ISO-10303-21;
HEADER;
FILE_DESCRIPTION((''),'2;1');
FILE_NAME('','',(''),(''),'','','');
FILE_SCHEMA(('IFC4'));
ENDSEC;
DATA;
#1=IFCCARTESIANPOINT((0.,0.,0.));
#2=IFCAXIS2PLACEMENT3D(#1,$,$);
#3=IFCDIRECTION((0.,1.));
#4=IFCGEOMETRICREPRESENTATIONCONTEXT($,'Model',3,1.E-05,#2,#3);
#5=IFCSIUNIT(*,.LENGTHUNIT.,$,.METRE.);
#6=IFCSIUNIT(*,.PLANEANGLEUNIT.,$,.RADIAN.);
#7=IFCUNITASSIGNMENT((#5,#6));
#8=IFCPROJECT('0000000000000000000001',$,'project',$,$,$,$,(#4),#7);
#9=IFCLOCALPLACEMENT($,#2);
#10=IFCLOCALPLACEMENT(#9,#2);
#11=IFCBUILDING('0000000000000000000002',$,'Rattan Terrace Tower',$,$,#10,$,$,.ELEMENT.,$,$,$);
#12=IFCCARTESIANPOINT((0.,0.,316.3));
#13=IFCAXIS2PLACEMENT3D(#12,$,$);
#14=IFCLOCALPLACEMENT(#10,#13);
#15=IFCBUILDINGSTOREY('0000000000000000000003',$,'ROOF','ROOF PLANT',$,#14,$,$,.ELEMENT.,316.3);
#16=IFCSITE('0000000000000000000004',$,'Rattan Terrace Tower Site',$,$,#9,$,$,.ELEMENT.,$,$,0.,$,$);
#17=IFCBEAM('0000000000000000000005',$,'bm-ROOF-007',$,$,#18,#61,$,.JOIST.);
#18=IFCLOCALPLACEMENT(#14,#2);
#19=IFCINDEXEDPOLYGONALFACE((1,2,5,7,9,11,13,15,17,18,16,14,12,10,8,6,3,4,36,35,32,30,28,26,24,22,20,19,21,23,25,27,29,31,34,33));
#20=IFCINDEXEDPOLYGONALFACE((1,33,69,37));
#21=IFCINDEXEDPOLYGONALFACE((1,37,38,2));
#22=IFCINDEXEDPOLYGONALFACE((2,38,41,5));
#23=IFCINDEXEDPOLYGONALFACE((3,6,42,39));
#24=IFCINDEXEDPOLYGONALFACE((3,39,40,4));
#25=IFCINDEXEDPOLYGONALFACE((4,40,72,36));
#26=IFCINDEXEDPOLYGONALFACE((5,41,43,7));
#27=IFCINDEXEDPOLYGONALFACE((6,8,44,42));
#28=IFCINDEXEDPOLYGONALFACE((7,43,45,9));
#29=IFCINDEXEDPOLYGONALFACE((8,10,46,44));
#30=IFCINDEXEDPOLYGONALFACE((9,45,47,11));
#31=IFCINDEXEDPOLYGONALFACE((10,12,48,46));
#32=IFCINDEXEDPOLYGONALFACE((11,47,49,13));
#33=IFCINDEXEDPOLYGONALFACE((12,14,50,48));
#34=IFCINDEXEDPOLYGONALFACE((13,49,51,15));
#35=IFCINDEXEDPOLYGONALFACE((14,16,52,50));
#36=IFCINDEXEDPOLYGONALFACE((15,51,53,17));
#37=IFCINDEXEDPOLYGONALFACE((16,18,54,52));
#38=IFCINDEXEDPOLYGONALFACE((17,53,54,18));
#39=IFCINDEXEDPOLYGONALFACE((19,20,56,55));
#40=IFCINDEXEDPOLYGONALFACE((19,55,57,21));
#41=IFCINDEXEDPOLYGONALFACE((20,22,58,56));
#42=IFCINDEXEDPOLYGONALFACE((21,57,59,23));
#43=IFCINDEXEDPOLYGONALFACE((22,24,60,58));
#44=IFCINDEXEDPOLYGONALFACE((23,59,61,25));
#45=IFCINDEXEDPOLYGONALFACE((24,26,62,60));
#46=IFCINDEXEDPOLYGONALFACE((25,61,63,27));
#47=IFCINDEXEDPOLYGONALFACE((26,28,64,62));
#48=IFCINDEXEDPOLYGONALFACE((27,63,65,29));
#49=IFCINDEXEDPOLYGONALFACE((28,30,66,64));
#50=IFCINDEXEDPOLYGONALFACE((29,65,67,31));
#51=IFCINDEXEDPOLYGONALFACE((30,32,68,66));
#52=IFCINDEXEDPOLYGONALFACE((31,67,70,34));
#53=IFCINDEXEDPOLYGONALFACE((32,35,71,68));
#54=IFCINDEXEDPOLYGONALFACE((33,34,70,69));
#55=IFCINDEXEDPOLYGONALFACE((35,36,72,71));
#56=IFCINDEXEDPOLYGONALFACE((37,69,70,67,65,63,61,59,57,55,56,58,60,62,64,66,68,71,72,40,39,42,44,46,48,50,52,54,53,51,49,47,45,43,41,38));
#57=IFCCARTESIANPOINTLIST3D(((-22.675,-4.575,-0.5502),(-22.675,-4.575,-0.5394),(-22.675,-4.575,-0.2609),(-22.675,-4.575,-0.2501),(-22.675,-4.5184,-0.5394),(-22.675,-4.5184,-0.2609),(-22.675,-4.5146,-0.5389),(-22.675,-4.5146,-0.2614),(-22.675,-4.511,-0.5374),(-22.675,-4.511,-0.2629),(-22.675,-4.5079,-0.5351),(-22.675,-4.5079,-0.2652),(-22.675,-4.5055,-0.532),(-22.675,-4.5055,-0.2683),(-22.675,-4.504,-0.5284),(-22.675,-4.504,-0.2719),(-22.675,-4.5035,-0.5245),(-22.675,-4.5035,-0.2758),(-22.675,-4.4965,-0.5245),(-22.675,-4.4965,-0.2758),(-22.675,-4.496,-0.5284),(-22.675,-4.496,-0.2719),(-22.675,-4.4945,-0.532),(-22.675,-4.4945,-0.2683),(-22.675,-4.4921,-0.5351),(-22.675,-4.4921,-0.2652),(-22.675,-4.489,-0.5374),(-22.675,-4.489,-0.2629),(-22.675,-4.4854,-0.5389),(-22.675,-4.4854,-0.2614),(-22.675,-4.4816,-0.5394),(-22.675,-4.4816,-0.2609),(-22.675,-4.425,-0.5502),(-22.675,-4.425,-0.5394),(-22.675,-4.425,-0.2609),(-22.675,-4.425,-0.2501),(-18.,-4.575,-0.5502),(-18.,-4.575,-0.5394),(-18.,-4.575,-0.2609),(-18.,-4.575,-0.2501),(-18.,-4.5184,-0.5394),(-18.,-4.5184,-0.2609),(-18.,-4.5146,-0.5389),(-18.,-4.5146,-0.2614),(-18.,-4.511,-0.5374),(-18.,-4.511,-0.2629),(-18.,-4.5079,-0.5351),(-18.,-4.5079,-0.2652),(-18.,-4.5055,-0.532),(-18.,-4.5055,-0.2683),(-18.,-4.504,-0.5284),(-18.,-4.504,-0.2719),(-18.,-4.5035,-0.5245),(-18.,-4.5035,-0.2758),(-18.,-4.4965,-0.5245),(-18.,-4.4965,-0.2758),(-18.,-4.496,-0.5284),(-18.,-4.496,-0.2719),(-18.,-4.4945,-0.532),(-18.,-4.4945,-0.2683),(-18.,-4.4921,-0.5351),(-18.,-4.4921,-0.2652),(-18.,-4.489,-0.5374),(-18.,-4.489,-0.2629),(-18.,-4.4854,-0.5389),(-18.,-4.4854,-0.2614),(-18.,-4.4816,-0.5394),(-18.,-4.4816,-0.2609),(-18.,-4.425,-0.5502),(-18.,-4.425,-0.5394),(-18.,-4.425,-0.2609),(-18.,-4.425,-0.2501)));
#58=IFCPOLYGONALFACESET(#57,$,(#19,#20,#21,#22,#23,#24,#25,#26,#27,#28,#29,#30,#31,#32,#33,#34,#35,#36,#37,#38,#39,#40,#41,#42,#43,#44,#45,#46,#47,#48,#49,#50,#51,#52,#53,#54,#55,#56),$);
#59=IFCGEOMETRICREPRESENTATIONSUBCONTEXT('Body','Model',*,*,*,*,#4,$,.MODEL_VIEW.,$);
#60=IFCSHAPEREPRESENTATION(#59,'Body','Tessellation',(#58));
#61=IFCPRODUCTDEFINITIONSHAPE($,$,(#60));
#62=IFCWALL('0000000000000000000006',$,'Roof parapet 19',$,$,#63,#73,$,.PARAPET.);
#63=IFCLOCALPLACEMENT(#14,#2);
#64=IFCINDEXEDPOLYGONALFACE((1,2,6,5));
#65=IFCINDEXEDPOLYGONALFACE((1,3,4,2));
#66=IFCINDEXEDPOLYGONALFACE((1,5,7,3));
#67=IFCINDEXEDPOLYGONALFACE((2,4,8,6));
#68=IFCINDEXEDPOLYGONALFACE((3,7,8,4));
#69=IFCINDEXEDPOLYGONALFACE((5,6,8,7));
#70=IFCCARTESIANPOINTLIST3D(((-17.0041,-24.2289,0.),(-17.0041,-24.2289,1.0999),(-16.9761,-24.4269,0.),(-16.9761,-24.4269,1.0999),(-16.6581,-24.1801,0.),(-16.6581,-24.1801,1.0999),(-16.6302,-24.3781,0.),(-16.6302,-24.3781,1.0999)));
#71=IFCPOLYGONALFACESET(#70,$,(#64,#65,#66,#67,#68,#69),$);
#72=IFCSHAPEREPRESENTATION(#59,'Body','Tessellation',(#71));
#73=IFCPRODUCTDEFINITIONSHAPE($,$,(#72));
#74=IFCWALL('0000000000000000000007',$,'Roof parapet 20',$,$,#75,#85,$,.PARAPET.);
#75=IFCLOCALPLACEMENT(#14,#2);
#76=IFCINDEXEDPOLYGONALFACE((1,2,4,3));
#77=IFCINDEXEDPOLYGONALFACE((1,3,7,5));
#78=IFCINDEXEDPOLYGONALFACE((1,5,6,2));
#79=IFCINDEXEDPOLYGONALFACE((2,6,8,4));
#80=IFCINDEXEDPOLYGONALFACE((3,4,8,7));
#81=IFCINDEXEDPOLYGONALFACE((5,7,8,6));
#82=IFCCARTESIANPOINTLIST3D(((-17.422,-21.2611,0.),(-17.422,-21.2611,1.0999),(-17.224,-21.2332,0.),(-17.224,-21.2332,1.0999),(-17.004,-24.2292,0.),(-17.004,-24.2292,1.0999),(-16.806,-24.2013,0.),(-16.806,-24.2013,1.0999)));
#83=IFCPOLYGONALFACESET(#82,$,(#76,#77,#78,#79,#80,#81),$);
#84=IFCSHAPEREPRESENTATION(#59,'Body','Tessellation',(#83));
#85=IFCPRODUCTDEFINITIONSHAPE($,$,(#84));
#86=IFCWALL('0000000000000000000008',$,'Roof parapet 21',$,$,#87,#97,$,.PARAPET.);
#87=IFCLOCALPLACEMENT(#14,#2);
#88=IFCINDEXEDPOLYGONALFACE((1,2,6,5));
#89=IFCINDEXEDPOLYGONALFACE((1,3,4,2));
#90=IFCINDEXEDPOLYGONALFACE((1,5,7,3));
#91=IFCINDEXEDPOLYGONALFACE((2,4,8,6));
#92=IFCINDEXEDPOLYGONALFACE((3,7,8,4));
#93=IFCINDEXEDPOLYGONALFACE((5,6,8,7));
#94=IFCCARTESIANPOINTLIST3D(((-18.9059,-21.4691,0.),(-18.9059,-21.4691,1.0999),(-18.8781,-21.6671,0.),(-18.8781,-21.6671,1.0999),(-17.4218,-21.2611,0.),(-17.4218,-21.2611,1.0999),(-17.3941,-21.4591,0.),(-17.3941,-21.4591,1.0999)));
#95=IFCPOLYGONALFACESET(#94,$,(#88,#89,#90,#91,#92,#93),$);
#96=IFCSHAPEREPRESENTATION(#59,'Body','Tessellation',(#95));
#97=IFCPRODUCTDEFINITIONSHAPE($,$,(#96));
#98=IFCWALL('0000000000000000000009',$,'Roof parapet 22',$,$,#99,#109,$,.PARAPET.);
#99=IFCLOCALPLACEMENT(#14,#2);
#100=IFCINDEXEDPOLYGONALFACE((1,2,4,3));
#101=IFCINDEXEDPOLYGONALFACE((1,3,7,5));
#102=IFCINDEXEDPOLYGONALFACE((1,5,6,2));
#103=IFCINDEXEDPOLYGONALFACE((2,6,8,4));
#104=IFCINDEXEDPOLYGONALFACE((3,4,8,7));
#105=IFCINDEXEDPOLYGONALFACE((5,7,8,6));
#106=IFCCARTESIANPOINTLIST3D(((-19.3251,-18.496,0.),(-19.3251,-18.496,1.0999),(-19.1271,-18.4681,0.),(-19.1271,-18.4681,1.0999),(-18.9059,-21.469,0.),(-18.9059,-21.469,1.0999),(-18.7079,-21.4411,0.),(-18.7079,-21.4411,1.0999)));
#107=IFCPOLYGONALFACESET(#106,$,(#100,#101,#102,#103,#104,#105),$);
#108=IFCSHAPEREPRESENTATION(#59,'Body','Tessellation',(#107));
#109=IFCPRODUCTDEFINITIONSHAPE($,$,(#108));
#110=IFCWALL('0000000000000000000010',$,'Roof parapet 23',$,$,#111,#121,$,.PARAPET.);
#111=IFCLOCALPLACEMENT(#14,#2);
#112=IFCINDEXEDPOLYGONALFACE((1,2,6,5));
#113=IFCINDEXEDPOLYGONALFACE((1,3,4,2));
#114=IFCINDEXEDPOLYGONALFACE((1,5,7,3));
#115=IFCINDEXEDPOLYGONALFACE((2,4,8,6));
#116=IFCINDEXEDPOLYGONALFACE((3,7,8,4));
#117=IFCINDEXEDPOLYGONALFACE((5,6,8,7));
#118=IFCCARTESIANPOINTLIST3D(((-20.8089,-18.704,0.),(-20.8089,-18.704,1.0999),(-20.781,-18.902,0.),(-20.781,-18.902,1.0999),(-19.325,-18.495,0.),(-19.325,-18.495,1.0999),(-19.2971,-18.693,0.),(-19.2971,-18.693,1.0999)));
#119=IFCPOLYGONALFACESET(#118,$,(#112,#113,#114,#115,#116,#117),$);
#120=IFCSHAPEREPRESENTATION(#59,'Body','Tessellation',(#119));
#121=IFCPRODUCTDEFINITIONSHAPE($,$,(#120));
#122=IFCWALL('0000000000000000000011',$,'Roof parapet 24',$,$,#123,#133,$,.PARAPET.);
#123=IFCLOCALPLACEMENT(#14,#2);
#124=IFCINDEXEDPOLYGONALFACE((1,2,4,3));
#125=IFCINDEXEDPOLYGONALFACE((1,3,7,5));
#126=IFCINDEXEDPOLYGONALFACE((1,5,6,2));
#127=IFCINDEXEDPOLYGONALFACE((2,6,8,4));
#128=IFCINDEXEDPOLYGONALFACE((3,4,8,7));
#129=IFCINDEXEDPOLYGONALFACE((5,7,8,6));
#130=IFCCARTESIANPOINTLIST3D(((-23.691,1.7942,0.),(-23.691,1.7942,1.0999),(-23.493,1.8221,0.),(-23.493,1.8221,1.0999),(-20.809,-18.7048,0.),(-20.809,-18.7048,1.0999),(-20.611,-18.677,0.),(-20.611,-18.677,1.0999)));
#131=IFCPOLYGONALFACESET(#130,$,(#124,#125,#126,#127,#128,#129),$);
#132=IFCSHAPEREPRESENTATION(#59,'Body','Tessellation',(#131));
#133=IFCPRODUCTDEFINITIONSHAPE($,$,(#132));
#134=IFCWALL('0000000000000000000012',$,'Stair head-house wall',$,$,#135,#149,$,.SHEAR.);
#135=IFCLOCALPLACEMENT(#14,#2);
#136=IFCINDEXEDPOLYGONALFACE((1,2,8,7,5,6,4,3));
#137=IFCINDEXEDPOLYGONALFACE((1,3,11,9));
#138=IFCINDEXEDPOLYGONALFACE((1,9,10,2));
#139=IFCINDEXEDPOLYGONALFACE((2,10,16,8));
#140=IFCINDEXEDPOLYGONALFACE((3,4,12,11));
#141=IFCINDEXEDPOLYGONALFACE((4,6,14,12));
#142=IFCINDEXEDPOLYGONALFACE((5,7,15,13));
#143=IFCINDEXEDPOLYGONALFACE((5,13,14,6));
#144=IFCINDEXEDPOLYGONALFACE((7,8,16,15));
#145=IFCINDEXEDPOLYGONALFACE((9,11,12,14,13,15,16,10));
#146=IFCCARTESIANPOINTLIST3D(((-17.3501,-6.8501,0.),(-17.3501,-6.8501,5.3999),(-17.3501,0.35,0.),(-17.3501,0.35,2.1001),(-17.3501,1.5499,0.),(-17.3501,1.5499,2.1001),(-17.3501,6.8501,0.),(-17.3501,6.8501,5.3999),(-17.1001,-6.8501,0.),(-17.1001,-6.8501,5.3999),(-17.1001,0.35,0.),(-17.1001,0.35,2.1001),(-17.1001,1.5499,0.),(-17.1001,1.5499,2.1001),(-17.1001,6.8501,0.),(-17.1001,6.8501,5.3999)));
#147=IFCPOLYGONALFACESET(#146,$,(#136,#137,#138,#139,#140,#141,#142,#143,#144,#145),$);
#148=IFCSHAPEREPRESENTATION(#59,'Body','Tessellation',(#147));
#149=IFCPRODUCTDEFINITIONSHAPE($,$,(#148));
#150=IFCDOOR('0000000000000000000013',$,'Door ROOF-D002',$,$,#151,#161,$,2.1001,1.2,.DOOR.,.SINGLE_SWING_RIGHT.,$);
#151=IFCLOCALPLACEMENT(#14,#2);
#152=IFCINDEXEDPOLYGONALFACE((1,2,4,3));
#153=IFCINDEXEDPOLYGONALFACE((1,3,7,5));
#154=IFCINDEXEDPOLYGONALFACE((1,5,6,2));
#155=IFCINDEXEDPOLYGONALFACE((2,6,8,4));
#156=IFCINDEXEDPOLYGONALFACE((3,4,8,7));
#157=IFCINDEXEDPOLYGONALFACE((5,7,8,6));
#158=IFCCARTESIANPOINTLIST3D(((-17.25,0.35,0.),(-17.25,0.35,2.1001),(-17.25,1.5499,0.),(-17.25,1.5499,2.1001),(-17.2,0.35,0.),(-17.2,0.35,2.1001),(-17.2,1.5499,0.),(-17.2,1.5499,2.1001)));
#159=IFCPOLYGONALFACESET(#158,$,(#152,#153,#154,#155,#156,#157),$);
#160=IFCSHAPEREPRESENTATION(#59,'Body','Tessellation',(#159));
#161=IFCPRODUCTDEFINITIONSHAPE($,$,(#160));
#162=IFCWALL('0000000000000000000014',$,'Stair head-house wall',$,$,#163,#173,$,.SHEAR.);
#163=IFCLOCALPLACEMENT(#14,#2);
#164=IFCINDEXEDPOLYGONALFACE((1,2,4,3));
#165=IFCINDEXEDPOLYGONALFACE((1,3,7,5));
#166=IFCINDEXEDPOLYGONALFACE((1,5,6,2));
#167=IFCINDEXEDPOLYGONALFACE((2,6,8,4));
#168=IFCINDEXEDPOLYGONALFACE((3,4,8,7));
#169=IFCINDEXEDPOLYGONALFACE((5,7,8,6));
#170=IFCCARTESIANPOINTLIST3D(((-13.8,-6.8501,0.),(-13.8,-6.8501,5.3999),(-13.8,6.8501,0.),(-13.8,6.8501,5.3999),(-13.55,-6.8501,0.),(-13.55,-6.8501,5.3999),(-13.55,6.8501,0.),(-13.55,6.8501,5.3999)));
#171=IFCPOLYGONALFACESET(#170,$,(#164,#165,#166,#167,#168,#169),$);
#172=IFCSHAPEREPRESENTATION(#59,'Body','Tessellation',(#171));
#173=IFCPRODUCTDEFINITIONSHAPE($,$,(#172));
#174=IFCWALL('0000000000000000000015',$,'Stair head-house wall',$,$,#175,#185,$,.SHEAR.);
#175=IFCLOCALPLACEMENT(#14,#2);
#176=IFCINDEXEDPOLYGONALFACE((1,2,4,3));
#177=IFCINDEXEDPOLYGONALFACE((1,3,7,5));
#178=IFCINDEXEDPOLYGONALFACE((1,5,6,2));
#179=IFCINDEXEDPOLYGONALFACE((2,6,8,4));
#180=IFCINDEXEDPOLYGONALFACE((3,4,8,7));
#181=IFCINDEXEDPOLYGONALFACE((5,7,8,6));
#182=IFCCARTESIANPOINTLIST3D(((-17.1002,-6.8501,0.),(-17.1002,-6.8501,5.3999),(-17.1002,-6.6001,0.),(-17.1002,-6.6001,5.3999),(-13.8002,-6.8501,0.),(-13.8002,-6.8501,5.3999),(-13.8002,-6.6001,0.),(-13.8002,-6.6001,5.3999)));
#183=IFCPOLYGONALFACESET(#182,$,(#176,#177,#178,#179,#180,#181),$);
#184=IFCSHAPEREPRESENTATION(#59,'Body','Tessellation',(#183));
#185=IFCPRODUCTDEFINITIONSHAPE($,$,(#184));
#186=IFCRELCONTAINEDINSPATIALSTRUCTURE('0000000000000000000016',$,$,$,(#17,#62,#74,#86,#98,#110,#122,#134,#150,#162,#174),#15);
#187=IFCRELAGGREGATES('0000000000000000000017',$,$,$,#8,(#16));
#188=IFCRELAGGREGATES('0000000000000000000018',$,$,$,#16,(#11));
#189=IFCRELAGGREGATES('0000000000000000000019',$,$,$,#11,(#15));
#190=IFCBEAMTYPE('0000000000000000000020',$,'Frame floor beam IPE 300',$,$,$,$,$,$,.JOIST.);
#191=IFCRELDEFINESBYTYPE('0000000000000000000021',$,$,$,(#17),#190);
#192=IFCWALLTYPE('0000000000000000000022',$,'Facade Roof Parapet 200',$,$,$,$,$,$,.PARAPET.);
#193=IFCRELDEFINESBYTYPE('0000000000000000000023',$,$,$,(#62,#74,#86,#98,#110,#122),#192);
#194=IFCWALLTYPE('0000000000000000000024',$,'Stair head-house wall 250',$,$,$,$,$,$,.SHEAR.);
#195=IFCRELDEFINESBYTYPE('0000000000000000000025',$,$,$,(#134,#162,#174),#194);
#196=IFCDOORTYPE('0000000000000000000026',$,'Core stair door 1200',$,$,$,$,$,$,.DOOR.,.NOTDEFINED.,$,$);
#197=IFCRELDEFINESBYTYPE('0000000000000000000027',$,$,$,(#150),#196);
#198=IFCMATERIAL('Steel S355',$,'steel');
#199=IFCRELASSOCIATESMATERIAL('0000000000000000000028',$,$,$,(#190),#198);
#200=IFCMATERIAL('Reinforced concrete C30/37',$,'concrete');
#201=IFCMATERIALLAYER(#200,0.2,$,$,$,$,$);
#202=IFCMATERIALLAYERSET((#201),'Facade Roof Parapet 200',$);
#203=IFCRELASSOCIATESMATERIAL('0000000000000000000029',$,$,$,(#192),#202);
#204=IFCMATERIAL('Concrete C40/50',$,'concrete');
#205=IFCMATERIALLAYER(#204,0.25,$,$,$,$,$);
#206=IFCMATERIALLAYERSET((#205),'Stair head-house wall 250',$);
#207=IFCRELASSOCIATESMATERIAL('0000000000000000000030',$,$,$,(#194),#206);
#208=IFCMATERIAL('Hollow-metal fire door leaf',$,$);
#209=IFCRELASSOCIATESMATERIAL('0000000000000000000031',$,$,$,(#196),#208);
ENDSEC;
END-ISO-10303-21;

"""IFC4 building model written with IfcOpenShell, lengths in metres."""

from ifc_helpers import new_model, si_unit, direction, frame, frame_2d, origin, origin_2d, place, context, subcontext, project, spatial, rectangle, i_section, extrude, material, layer, layer_set, material_profile, profile_set, type_object, element, fill, save


model = new_model("IFC4")

# Units and contexts
model_context = context("Model", 3, precision=1e-05, world=origin(), true_north=direction((0.0, 1.0)))
body_context = subcontext(model_context, "Body", "Model", "MODEL_VIEW")
ifc_project = project(units=[si_unit("LENGTHUNIT", "METRE"), si_unit("PLANEANGLEUNIT", "RADIAN")], contexts=[model_context])

# Site, building, storey
site_placement = place(None, origin())
site = spatial("IfcSite", under=ifc_project, at=site_placement, Name="Rattan Terrace Tower Site", CompositionType="ELEMENT", RefElevation=0.0)
building_placement = place(site_placement, origin())
building = spatial("IfcBuilding", under=site, at=building_placement, Name="Rattan Terrace Tower", CompositionType="ELEMENT")
storey_placement = place(building_placement, frame((0.0, 0.0, 316.3)))
storey = spatial("IfcBuildingStorey", under=building, at=storey_placement, Name="ROOF", Description="ROOF PLANT", CompositionType="ELEMENT", Elevation=316.3)

# Beam
ifc_material_1 = material(Name="Steel S355", Category="steel")
ifc_material_profile_1 = material_profile(ifc_material_1, i_section(OverallWidth=0.1499, OverallDepth=0.3, WebThickness=0.0071, FlangeThickness=0.0107, FilletRadius=0.0149, at=origin_2d()), Name="IPE 300")
ifc_profile_set_1 = profile_set([ifc_material_profile_1], Name="Steel S355")
beam_type_1 = type_object("IfcBeamType", Name="Frame floor beam IPE 300", PredefinedType="JOIST", material=ifc_profile_set_1)
beam_1_placement = place(storey_placement, frame((-22.675, -4.5, -0.4001), z_axis=(1.0, 0.0, 0.0), x_axis=(0.0, 1.0, 0.0)))
element("IfcBeam", 1, at=beam_1_placement, inside=storey, type_object=beam_type_1, Name="bm-ROOF-007", PredefinedType="JOIST", context=body_context, shape_type="SweptSolid", body=[
    extrude(i_section(OverallWidth=0.1499, OverallDepth=0.3, WebThickness=0.0071, FlangeThickness=0.0107, FilletRadius=0.0149, at=origin_2d()), origin(), (0.0, 0.0, 1.0), 4.675),
])

# Walls
ifc_material_2 = material(Name="Reinforced concrete C30/37", Category="concrete")
ifc_layer_1 = layer(ifc_material_2, 0.2)
ifc_layer_set_1 = layer_set([ifc_layer_1], Name="Facade Roof Parapet 200")
wall_type_1 = type_object("IfcWallType", Name="Facade Roof Parapet 200", PredefinedType="PARAPET", material=ifc_layer_set_1)
wall_1_placement = place(storey_placement, frame((-16.644, -24.2791, 0.0), z_axis=(0.0, 0.0, 1.0), x_axis=(-0.990186, -0.139758, 0.0)))
element("IfcWall", 2, at=wall_1_placement, inside=storey, type_object=wall_type_1, Name="Roof parapet 19", PredefinedType="PARAPET", context=body_context, shape_type="SweptSolid", body=[
    extrude(rectangle(XDim=0.3494, YDim=0.2, at=frame_2d((0.1748, 0.0))), origin(), (0.0, 0.0, 1.0), 1.0999),
])
wall_2_placement = place(storey_placement, frame((-16.905, -24.2151, 0.0), z_axis=(0.0, 0.0, 1.0), x_axis=(-0.139448, 0.990229, 0.0)))
element("IfcWall", 3, at=wall_2_placement, inside=storey, type_object=wall_type_1, Name="Roof parapet 20", PredefinedType="PARAPET", context=body_context, shape_type="SweptSolid", body=[
    extrude(rectangle(XDim=2.9973, YDim=0.2, at=frame_2d((1.4985, 0.0))), origin(), (0.0, 0.0, 1.0), 1.0999),
])
wall_3_placement = place(storey_placement, frame((-17.408, -21.3601, 0.0), z_axis=(0.0, 0.0, 1.0), x_axis=(-0.990321, -0.138798, 0.0)))
element("IfcWall", 4, at=wall_3_placement, inside=storey, type_object=wall_type_1, Name="Roof parapet 21", PredefinedType="PARAPET", context=body_context, shape_type="SweptSolid", body=[
    extrude(rectangle(XDim=1.4985, YDim=0.2, at=frame_2d((0.7493, 0.0))), origin(), (0.0, 0.0, 1.0), 1.0999),
])
wall_4_placement = place(storey_placement, frame((-18.8069, -21.4551, 0.0), z_axis=(0.0, 0.0, 1.0), x_axis=(-0.139611, 0.990206, 0.0)))
element("IfcWall", 5, at=wall_4_placement, inside=storey, type_object=wall_type_1, Name="Roof parapet 22", PredefinedType="PARAPET", context=body_context, shape_type="SweptSolid", body=[
    extrude(rectangle(XDim=3.0024, YDim=0.2, at=frame_2d((1.5012, 0.0))), origin(), (0.0, 0.0, 1.0), 1.0999),
])
wall_5_placement = place(storey_placement, frame((-19.311, -18.594, 0.0), z_axis=(0.0, 0.0, 1.0), x_axis=(-0.990228, -0.13946, 0.0)))
element("IfcWall", 6, at=wall_5_placement, inside=storey, type_object=wall_type_1, Name="Roof parapet 23", PredefinedType="PARAPET", context=body_context, shape_type="SweptSolid", body=[
    extrude(rectangle(XDim=1.4985, YDim=0.2, at=frame_2d((0.7493, 0.0))), origin(), (0.0, 0.0, 1.0), 1.0999),
])
wall_6_placement = place(storey_placement, frame((-20.71, -18.6909, 0.0), z_axis=(0.0, 0.0, 1.0), x_axis=(-0.139227, 0.990261, 0.0)))
element("IfcWall", 7, at=wall_6_placement, inside=storey, type_object=wall_type_1, Name="Roof parapet 24", PredefinedType="PARAPET", context=body_context, shape_type="SweptSolid", body=[
    extrude(rectangle(XDim=20.7007, YDim=0.2, at=frame_2d((10.3503, 0.0))), origin(), (0.0, 0.0, 1.0), 1.0999),
])

# Wall, opening, door
ifc_material_3 = material(Name="Concrete C40/50", Category="concrete")
ifc_layer_2 = layer(ifc_material_3, 0.25)
ifc_layer_set_2 = layer_set([ifc_layer_2], Name="Stair head-house wall 250")
wall_type_2 = type_object("IfcWallType", Name="Stair head-house wall 250", PredefinedType="SHEAR", material=ifc_layer_set_2)
wall_7_placement = place(storey_placement, frame((-17.2251, -6.8501, 0.0), z_axis=(0.0, 0.0, 1.0), x_axis=(0.0, 1.0, 0.0)))
wall_7 = element("IfcWall", 8, at=wall_7_placement, inside=storey, type_object=wall_type_2, Name="Stair head-house wall", PredefinedType="SHEAR", context=body_context, shape_type="SweptSolid", body=[
    extrude(rectangle(XDim=13.7002, YDim=0.25, at=frame_2d((6.8501, 0.0))), origin(), (0.0, 0.0, 1.0), 5.3999),
])
opening_placement = place(wall_7_placement, frame((7.2, 0.0, 0.0)))
opening = element("IfcOpeningElement", 9, at=opening_placement, cuts=wall_7, PredefinedType="OPENING", context=body_context, shape_type="SweptSolid", body=[
    extrude(rectangle(XDim=1.2, YDim=2.1001, at=frame_2d((0.6001, 1.05))), frame((0.0, 0.1355, 0.0), z_axis=(0.0, -1.0, 0.0), x_axis=(1.0, 0.0, 0.0)), (0.0, 0.0, 1.0), 0.271),
])
ifc_material_4 = material(Name="Hollow-metal fire door leaf")
door_type = type_object("IfcDoorType", Name="Core stair door 1200", OperationType="NOTDEFINED", PredefinedType="DOOR", material=ifc_material_4)
door_placement = place(opening_placement, origin())
door = element("IfcDoor", 10, at=door_placement, inside=storey, type_object=door_type, Name="Door ROOF-D002", OperationType="SINGLE_SWING_RIGHT", OverallHeight=2.1001, OverallWidth=1.2, PredefinedType="DOOR", context=body_context, shape_type="SweptSolid", body=[
    extrude(rectangle(XDim=1.2, YDim=2.1001, at=frame_2d((0.6001, 1.05))), frame((0.0, 0.0249, 0.0), z_axis=(0.0, -1.0, 0.0), x_axis=(1.0, 0.0, 0.0)), (0.0, 0.0, 1.0), 0.05),
])
fill(opening, door)

# Walls
wall_8_placement = place(storey_placement, frame((-13.675, -6.8501, 0.0), z_axis=(0.0, 0.0, 1.0), x_axis=(0.0, 1.0, 0.0)))
element("IfcWall", 11, at=wall_8_placement, inside=storey, type_object=wall_type_2, Name="Stair head-house wall", PredefinedType="SHEAR", context=body_context, shape_type="SweptSolid", body=[
    extrude(rectangle(XDim=13.7002, YDim=0.25, at=frame_2d((6.8501, 0.0))), origin(), (0.0, 0.0, 1.0), 5.3999),
])
wall_9_placement = place(storey_placement, frame((-17.1001, -6.7251, 0.0), z_axis=(0.0, 0.0, 1.0), x_axis=(1.0, 0.0, 0.0)))
element("IfcWall", 12, at=wall_9_placement, inside=storey, type_object=wall_type_2, Name="Stair head-house wall", PredefinedType="SHEAR", context=body_context, shape_type="SweptSolid", body=[
    extrude(rectangle(XDim=3.3, YDim=0.25, at=frame_2d((1.6499, 0.0))), origin(), (0.0, 0.0, 1.0), 5.3999),
])

save(model, "model.ifc")
